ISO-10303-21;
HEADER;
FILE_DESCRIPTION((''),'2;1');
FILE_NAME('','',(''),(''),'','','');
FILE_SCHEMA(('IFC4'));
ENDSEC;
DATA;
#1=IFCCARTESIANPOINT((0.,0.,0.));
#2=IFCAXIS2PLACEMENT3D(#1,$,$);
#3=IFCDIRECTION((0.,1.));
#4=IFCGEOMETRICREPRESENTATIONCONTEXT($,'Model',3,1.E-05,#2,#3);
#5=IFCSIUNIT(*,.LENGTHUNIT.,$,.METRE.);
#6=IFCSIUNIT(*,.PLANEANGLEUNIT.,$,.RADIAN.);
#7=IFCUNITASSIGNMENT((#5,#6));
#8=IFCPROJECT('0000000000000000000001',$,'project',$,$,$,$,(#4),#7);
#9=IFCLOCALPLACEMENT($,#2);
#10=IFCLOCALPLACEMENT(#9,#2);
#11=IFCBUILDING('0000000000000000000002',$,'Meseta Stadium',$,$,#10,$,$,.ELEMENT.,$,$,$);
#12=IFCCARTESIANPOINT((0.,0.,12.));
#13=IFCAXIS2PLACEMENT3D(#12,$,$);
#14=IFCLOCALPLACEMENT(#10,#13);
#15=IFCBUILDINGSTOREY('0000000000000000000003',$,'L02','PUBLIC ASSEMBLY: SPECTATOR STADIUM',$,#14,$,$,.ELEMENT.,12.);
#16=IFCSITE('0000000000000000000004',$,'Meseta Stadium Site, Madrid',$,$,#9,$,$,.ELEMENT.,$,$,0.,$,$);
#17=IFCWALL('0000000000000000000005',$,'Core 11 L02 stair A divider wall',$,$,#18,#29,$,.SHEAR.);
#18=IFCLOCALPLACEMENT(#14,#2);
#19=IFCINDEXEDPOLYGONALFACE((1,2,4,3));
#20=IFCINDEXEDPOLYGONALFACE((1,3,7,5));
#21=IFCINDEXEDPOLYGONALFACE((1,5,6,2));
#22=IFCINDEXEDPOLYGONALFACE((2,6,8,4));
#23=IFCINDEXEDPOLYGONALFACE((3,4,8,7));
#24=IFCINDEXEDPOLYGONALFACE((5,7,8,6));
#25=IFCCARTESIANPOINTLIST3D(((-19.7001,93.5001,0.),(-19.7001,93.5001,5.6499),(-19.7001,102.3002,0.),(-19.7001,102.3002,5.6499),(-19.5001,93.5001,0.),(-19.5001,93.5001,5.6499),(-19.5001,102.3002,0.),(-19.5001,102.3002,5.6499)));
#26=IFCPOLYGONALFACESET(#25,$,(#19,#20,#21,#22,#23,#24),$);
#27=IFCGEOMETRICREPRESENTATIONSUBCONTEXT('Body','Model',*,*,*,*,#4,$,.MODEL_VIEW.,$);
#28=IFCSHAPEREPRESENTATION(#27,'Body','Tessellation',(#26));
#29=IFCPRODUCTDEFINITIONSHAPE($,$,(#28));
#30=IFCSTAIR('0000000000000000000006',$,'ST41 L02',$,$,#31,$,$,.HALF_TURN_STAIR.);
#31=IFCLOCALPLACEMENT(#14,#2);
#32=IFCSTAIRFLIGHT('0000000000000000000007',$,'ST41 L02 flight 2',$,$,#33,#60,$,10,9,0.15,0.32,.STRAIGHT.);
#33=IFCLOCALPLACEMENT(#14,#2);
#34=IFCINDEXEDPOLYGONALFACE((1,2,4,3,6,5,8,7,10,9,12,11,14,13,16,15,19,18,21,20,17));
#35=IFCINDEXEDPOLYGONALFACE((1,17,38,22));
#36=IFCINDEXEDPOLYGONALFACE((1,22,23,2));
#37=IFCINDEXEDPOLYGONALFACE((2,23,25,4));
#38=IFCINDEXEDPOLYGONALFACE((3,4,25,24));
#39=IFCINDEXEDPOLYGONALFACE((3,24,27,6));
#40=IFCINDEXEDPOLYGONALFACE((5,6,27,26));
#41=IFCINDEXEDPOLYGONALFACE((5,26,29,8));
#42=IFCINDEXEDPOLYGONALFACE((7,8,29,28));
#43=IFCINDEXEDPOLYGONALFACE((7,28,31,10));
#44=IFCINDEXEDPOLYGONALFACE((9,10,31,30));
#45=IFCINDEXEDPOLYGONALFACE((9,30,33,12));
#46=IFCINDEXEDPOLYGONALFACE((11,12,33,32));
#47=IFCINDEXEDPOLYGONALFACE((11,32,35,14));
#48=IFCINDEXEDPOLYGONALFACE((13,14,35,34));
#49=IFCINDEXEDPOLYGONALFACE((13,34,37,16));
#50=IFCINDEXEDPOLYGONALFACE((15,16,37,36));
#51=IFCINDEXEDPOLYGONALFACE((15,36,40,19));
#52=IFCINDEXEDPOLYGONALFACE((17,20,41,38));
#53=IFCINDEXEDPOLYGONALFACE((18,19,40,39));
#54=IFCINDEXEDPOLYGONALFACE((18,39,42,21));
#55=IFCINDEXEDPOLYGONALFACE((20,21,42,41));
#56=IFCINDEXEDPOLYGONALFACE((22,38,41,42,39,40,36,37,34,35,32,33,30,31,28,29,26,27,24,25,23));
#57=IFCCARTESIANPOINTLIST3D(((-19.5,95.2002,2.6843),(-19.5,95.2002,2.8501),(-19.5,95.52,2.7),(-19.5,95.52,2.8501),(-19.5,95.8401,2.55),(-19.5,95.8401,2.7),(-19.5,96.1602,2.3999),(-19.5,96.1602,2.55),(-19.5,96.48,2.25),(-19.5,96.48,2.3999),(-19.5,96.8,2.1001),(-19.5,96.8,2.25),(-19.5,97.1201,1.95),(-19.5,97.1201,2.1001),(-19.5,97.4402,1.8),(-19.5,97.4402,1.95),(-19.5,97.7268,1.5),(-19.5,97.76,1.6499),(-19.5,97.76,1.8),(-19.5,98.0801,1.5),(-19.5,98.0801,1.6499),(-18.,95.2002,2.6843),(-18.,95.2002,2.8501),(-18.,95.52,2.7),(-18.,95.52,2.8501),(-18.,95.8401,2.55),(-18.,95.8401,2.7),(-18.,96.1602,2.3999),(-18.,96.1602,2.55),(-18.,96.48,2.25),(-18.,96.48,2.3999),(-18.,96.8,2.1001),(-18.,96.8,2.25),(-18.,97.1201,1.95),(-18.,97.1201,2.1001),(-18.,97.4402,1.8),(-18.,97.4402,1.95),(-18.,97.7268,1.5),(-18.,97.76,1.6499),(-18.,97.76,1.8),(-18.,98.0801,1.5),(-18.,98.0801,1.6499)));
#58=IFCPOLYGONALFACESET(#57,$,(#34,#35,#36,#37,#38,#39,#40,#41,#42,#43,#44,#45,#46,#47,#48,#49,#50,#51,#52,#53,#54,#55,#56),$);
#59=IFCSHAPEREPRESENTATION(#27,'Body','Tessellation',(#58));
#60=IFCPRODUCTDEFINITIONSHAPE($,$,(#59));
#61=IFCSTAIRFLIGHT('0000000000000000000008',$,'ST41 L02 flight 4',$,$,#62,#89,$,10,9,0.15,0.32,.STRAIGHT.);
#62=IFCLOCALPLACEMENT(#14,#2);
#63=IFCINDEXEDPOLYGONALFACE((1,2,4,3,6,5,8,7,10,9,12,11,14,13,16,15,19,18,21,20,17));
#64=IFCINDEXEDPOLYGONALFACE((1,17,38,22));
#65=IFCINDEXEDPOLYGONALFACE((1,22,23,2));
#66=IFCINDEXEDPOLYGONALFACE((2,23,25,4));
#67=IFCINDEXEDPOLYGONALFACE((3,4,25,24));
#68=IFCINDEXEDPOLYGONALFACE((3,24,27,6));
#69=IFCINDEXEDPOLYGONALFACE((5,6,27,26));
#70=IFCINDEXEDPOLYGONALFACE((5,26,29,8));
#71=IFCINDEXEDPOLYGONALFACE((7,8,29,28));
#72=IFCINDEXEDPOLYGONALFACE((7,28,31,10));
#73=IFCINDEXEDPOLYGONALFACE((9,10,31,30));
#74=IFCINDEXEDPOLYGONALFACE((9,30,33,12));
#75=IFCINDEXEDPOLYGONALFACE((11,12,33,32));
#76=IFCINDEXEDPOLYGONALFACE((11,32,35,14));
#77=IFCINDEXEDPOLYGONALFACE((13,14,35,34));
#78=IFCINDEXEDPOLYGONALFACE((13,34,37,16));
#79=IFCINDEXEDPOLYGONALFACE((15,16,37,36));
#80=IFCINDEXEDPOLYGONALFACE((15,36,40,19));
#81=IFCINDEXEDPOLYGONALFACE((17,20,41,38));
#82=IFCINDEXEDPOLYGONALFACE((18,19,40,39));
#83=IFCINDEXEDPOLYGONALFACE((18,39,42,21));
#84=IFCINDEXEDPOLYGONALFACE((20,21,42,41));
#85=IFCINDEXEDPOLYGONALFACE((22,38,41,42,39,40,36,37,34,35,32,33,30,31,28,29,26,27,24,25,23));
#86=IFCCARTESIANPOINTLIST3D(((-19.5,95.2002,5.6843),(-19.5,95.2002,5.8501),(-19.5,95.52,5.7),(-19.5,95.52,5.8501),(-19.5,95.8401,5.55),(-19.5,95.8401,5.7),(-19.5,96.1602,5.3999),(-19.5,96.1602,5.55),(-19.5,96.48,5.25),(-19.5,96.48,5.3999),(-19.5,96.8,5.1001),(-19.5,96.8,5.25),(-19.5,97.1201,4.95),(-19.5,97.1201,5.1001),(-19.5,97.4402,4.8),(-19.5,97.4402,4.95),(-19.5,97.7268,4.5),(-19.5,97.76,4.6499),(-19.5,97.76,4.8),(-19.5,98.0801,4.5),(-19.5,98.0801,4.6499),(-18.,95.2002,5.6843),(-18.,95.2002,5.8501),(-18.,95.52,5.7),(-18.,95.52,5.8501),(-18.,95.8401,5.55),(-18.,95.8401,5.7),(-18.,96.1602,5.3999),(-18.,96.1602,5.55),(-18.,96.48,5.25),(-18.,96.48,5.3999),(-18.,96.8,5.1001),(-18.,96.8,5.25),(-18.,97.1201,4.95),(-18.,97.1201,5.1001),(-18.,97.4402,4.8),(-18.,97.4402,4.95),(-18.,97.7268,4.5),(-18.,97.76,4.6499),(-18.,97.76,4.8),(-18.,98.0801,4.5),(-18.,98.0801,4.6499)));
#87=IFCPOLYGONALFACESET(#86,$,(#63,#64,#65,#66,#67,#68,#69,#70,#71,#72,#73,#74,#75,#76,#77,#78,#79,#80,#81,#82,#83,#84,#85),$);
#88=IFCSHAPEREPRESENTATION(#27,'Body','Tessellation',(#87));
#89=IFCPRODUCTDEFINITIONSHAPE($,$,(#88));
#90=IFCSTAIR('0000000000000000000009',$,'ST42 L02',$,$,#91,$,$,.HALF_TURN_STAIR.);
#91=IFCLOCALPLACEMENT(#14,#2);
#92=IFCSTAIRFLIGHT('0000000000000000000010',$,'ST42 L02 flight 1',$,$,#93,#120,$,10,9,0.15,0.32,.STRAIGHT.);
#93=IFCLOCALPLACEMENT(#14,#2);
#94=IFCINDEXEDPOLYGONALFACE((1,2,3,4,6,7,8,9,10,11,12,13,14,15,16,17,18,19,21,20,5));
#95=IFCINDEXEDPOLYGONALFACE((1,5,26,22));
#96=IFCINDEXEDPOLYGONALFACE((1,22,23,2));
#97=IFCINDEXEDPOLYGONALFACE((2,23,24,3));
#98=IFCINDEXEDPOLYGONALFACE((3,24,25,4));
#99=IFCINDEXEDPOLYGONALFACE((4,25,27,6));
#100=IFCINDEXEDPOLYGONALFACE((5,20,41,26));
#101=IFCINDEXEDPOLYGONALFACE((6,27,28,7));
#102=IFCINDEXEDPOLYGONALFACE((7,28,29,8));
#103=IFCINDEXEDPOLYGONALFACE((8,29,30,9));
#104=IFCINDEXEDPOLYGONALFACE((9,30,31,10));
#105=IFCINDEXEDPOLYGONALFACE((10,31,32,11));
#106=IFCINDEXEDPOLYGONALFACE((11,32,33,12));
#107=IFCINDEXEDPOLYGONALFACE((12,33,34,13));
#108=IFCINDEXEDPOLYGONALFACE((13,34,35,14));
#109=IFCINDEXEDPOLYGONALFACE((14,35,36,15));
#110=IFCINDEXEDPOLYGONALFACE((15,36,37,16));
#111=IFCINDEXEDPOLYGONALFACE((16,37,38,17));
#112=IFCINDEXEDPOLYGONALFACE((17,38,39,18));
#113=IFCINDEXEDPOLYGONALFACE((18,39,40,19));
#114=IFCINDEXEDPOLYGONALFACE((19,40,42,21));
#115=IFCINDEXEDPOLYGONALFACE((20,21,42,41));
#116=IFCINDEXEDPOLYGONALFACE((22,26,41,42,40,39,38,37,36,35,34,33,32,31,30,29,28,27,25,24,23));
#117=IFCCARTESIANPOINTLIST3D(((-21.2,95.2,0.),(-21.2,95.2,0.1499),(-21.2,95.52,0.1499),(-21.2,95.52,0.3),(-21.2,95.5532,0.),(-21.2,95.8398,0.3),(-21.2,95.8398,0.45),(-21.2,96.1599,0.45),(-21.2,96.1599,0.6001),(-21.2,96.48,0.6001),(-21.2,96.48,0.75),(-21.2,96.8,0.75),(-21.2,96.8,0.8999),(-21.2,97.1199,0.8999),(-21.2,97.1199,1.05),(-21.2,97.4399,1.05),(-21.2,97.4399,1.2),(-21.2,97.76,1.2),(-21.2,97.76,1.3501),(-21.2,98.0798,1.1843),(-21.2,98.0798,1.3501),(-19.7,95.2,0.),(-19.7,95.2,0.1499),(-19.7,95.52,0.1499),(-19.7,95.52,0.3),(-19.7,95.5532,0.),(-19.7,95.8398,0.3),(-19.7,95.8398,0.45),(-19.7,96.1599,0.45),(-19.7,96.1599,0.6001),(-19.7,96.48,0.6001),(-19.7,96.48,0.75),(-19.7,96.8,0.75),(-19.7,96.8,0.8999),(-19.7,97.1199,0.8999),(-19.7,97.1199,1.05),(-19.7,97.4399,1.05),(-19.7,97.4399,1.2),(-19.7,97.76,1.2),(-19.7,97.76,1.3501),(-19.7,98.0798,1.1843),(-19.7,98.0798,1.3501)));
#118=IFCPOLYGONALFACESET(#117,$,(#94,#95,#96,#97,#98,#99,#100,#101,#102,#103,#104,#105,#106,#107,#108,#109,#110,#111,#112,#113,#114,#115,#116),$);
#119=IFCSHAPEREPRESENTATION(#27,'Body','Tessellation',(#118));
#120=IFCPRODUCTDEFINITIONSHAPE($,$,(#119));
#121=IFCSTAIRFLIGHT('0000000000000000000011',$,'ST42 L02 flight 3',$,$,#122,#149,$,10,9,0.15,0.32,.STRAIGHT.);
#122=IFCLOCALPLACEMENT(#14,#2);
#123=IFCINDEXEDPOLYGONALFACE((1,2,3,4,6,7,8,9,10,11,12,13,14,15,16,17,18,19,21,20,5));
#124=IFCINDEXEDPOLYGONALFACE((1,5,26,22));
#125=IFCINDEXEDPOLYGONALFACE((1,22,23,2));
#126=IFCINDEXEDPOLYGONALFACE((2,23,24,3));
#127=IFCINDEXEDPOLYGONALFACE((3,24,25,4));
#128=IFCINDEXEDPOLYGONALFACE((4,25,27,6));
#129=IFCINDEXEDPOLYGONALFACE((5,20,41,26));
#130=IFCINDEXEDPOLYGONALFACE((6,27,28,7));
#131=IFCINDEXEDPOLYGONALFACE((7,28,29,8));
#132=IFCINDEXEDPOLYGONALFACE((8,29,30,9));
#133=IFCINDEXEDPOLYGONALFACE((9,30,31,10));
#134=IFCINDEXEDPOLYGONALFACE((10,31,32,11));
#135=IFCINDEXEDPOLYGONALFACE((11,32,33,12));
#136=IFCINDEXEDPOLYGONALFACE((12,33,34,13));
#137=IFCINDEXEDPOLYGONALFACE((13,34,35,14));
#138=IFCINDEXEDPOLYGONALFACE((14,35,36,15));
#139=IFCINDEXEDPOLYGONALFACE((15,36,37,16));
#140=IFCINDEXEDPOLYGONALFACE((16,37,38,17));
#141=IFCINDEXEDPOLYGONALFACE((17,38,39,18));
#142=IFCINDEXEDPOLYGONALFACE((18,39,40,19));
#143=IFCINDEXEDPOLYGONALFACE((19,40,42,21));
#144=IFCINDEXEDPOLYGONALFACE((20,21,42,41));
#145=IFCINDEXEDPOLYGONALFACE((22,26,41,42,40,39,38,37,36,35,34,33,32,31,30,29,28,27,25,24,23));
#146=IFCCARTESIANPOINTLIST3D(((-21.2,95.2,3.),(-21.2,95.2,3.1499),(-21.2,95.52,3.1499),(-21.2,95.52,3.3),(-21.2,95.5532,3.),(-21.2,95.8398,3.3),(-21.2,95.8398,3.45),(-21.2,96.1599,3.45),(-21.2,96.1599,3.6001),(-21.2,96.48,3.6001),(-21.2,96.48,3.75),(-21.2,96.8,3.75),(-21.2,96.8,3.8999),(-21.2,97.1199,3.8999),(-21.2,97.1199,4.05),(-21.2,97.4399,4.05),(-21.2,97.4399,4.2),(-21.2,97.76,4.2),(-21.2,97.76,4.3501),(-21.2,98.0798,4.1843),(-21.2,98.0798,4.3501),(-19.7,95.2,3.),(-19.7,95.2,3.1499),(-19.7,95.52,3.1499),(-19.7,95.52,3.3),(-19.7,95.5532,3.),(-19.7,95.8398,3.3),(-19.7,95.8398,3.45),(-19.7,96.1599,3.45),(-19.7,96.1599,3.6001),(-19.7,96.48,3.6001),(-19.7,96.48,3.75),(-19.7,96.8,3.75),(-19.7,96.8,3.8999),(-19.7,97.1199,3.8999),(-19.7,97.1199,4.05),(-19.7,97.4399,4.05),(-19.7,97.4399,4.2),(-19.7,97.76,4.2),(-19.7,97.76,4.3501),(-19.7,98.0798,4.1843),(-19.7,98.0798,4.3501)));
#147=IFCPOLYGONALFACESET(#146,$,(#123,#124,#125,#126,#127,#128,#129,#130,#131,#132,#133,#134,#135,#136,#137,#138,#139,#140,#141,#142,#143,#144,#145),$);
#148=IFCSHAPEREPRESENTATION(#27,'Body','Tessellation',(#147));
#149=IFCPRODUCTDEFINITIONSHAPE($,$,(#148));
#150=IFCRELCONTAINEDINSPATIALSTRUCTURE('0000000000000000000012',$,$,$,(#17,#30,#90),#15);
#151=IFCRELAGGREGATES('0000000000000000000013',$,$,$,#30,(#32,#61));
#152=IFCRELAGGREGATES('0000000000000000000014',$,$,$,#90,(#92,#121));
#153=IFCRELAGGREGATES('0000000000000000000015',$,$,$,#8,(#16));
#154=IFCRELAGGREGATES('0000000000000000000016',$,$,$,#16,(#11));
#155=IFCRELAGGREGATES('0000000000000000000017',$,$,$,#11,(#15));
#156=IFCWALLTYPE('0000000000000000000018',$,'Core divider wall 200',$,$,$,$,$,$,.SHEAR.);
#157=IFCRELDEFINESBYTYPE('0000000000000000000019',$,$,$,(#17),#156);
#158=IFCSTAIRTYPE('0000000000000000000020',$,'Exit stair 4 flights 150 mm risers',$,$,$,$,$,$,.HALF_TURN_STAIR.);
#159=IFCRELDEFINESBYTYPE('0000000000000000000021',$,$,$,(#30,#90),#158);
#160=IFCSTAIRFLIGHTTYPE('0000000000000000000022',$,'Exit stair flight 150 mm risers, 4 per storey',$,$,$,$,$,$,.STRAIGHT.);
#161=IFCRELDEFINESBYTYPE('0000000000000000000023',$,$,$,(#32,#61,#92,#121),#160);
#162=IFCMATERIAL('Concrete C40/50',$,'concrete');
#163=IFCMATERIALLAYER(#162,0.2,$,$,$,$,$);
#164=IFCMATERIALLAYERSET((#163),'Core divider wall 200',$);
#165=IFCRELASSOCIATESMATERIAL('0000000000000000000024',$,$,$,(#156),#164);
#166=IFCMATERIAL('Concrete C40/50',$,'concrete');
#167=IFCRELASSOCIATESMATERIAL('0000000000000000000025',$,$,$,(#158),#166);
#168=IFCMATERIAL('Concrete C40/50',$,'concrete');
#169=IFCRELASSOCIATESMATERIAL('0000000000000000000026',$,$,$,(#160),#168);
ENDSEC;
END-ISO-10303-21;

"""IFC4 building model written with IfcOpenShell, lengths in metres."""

from ifc_helpers import new_model, si_unit, direction, frame, frame_2d, origin, place, context, subcontext, project, spatial, polyline, rectangle, outline, extrude, material, layer, layer_set, type_object, element, aggregate, save


model = new_model("IFC4")

# Units and contexts
model_context = context("Model", 3, precision=1e-05, world=origin(), true_north=direction((0.0, 1.0)))
body_context = subcontext(model_context, "Body", "Model", "MODEL_VIEW")
ifc_project = project(units=[si_unit("LENGTHUNIT", "METRE"), si_unit("PLANEANGLEUNIT", "RADIAN")], contexts=[model_context])

# Site, building, storey
site_placement = place(None, origin())
site = spatial("IfcSite", under=ifc_project, at=site_placement, Name="Meseta Stadium Site, Madrid", CompositionType="ELEMENT", RefElevation=0.0)
building_placement = place(site_placement, origin())
building = spatial("IfcBuilding", under=site, at=building_placement, Name="Meseta Stadium", CompositionType="ELEMENT")
storey_placement = place(building_placement, frame((0.0, 0.0, 12.0)))
storey = spatial("IfcBuildingStorey", under=building, at=storey_placement, Name="L02", Description="PUBLIC ASSEMBLY: SPECTATOR STADIUM", CompositionType="ELEMENT", Elevation=12.0)

# Wall
ifc_material_1 = material(Name="Concrete C40/50", Category="concrete")
ifc_layer = layer(ifc_material_1, 0.2)
ifc_layer_set = layer_set([ifc_layer], Name="Core divider wall 200")
wall_type = type_object("IfcWallType", Name="Core divider wall 200", PredefinedType="SHEAR", material=ifc_layer_set)
wall_placement = place(storey_placement, frame((-19.6001, 102.3, 0.0), z_axis=(0.0, 0.0, 1.0), x_axis=(0.0, -1.0, 0.0)))
element("IfcWall", 1, at=wall_placement, inside=storey, type_object=wall_type, Name="Core 11 L02 stair A divider wall", PredefinedType="SHEAR", context=body_context, shape_type="SweptSolid", body=[
    extrude(rectangle(XDim=8.8, YDim=0.2, at=frame_2d((4.3999, 0.0))), origin(), (0.0, 0.0, 1.0), 5.6499),
])

# Stairs, stair flights
ifc_material_2 = material(Name="Concrete C40/50", Category="concrete")
stair_type = type_object("IfcStairType", Name="Exit stair 4 flights 150 mm risers", PredefinedType="HALF_TURN_STAIR", material=ifc_material_2)
stair_1_placement = place(storey_placement, origin())
stair_1 = element("IfcStair", 2, at=stair_1_placement, inside=storey, type_object=stair_type, Name="ST41 L02", PredefinedType="HALF_TURN_STAIR")
ifc_material_3 = material(Name="Concrete C40/50", Category="concrete")
stair_flight_type = type_object("IfcStairFlightType", Name="Exit stair flight 150 mm risers, 4 per storey", PredefinedType="STRAIGHT", material=ifc_material_3)
stair_flight_1_placement = place(storey_placement, frame((-18.75, 98.0801, 1.5), z_axis=(0.0, 0.0, 1.0), x_axis=(0.0, -1.0, 0.0)))
stair_flight_1 = element("IfcStairFlight", 3, at=stair_flight_1_placement, type_object=stair_flight_type, Name="ST41 L02 flight 2", NumberOfRisers=10, NumberOfTreads=9, PredefinedType="STRAIGHT", RiserHeight=0.15, TreadLength=0.32, context=body_context, shape_type="SweptSolid", body=[
    extrude(outline(polyline([(0.0, 0.0), (0.0, 0.1499), (0.3201, 0.1499), (0.3201, 0.3), (0.6399, 0.3), (0.6399, 0.45), (0.96, 0.45), (0.96, 0.6001), (1.28, 0.6001), (1.28, 0.75), (1.6001, 0.75), (1.6001, 0.8999), (1.9199, 0.8999), (1.9199, 1.05), (2.24, 1.05), (2.24, 1.2), (2.5601, 1.2), (2.5601, 1.3501), (2.8799, 1.3501), (2.8799, 1.1843), (0.3533, 0.0), (0.0, 0.0)])), frame((0.0, 0.75, 0.0), z_axis=(0.0, -1.0, 0.0), x_axis=(1.0, 0.0, 0.0)), (0.0, 0.0, 1.0), 1.5),
])
stair_flight_2_placement = place(storey_placement, frame((-18.75, 98.0801, 4.5), z_axis=(0.0, 0.0, 1.0), x_axis=(0.0, -1.0, 0.0)))
stair_flight_2 = element("IfcStairFlight", 4, at=stair_flight_2_placement, type_object=stair_flight_type, Name="ST41 L02 flight 4", NumberOfRisers=10, NumberOfTreads=9, PredefinedType="STRAIGHT", RiserHeight=0.15, TreadLength=0.32, context=body_context, shape_type="SweptSolid", body=[
    extrude(outline(polyline([(0.0, 0.0), (0.0, 0.1499), (0.3201, 0.1499), (0.3201, 0.3), (0.6399, 0.3), (0.6399, 0.45), (0.96, 0.45), (0.96, 0.6001), (1.28, 0.6001), (1.28, 0.75), (1.6001, 0.75), (1.6001, 0.8999), (1.9199, 0.8999), (1.9199, 1.05), (2.24, 1.05), (2.24, 1.2), (2.5601, 1.2), (2.5601, 1.3501), (2.8799, 1.3501), (2.8799, 1.1843), (0.3533, 0.0), (0.0, 0.0)])), frame((0.0, 0.75, 0.0), z_axis=(0.0, -1.0, 0.0), x_axis=(1.0, 0.0, 0.0)), (0.0, 0.0, 1.0), 1.5),
])
aggregate(stair_1, [stair_flight_1, stair_flight_2])
stair_2_placement = place(storey_placement, origin())
stair_2 = element("IfcStair", 5, at=stair_2_placement, inside=storey, type_object=stair_type, Name="ST42 L02", PredefinedType="HALF_TURN_STAIR")
stair_flight_3_placement = place(storey_placement, frame((-20.45, 95.2, 0.0), z_axis=(0.0, 0.0, 1.0), x_axis=(0.0, 1.0, 0.0)))
stair_flight_3 = element("IfcStairFlight", 6, at=stair_flight_3_placement, type_object=stair_flight_type, Name="ST42 L02 flight 1", NumberOfRisers=10, NumberOfTreads=9, PredefinedType="STRAIGHT", RiserHeight=0.15, TreadLength=0.32, context=body_context, shape_type="SweptSolid", body=[
    extrude(outline(polyline([(0.0, 0.0), (0.0, 0.1499), (0.3201, 0.1499), (0.3201, 0.3), (0.6399, 0.3), (0.6399, 0.45), (0.96, 0.45), (0.96, 0.6001), (1.28, 0.6001), (1.28, 0.75), (1.6001, 0.75), (1.6001, 0.8999), (1.9199, 0.8999), (1.9199, 1.05), (2.24, 1.05), (2.24, 1.2), (2.5601, 1.2), (2.5601, 1.3501), (2.8799, 1.3501), (2.8799, 1.1843), (0.3533, 0.0), (0.0, 0.0)])), frame((0.0, 0.75, 0.0), z_axis=(0.0, -1.0, 0.0), x_axis=(1.0, 0.0, 0.0)), (0.0, 0.0, 1.0), 1.5),
])
stair_flight_4_placement = place(storey_placement, frame((-20.45, 95.2, 3.0), z_axis=(0.0, 0.0, 1.0), x_axis=(0.0, 1.0, 0.0)))
stair_flight_4 = element("IfcStairFlight", 7, at=stair_flight_4_placement, type_object=stair_flight_type, Name="ST42 L02 flight 3", NumberOfRisers=10, NumberOfTreads=9, PredefinedType="STRAIGHT", RiserHeight=0.15, TreadLength=0.32, context=body_context, shape_type="SweptSolid", body=[
    extrude(outline(polyline([(0.0, 0.0), (0.0, 0.1499), (0.3201, 0.1499), (0.3201, 0.3), (0.6399, 0.3), (0.6399, 0.45), (0.96, 0.45), (0.96, 0.6001), (1.28, 0.6001), (1.28, 0.75), (1.6001, 0.75), (1.6001, 0.8999), (1.9199, 0.8999), (1.9199, 1.05), (2.24, 1.05), (2.24, 1.2), (2.5601, 1.2), (2.5601, 1.3501), (2.8799, 1.3501), (2.8799, 1.1843), (0.3533, 0.0), (0.0, 0.0)])), frame((0.0, 0.75, 0.0), z_axis=(0.0, -1.0, 0.0), x_axis=(1.0, 0.0, 0.0)), (0.0, 0.0, 1.0), 1.5),
])
aggregate(stair_2, [stair_flight_3, stair_flight_4])

save(model, "model.ifc")
